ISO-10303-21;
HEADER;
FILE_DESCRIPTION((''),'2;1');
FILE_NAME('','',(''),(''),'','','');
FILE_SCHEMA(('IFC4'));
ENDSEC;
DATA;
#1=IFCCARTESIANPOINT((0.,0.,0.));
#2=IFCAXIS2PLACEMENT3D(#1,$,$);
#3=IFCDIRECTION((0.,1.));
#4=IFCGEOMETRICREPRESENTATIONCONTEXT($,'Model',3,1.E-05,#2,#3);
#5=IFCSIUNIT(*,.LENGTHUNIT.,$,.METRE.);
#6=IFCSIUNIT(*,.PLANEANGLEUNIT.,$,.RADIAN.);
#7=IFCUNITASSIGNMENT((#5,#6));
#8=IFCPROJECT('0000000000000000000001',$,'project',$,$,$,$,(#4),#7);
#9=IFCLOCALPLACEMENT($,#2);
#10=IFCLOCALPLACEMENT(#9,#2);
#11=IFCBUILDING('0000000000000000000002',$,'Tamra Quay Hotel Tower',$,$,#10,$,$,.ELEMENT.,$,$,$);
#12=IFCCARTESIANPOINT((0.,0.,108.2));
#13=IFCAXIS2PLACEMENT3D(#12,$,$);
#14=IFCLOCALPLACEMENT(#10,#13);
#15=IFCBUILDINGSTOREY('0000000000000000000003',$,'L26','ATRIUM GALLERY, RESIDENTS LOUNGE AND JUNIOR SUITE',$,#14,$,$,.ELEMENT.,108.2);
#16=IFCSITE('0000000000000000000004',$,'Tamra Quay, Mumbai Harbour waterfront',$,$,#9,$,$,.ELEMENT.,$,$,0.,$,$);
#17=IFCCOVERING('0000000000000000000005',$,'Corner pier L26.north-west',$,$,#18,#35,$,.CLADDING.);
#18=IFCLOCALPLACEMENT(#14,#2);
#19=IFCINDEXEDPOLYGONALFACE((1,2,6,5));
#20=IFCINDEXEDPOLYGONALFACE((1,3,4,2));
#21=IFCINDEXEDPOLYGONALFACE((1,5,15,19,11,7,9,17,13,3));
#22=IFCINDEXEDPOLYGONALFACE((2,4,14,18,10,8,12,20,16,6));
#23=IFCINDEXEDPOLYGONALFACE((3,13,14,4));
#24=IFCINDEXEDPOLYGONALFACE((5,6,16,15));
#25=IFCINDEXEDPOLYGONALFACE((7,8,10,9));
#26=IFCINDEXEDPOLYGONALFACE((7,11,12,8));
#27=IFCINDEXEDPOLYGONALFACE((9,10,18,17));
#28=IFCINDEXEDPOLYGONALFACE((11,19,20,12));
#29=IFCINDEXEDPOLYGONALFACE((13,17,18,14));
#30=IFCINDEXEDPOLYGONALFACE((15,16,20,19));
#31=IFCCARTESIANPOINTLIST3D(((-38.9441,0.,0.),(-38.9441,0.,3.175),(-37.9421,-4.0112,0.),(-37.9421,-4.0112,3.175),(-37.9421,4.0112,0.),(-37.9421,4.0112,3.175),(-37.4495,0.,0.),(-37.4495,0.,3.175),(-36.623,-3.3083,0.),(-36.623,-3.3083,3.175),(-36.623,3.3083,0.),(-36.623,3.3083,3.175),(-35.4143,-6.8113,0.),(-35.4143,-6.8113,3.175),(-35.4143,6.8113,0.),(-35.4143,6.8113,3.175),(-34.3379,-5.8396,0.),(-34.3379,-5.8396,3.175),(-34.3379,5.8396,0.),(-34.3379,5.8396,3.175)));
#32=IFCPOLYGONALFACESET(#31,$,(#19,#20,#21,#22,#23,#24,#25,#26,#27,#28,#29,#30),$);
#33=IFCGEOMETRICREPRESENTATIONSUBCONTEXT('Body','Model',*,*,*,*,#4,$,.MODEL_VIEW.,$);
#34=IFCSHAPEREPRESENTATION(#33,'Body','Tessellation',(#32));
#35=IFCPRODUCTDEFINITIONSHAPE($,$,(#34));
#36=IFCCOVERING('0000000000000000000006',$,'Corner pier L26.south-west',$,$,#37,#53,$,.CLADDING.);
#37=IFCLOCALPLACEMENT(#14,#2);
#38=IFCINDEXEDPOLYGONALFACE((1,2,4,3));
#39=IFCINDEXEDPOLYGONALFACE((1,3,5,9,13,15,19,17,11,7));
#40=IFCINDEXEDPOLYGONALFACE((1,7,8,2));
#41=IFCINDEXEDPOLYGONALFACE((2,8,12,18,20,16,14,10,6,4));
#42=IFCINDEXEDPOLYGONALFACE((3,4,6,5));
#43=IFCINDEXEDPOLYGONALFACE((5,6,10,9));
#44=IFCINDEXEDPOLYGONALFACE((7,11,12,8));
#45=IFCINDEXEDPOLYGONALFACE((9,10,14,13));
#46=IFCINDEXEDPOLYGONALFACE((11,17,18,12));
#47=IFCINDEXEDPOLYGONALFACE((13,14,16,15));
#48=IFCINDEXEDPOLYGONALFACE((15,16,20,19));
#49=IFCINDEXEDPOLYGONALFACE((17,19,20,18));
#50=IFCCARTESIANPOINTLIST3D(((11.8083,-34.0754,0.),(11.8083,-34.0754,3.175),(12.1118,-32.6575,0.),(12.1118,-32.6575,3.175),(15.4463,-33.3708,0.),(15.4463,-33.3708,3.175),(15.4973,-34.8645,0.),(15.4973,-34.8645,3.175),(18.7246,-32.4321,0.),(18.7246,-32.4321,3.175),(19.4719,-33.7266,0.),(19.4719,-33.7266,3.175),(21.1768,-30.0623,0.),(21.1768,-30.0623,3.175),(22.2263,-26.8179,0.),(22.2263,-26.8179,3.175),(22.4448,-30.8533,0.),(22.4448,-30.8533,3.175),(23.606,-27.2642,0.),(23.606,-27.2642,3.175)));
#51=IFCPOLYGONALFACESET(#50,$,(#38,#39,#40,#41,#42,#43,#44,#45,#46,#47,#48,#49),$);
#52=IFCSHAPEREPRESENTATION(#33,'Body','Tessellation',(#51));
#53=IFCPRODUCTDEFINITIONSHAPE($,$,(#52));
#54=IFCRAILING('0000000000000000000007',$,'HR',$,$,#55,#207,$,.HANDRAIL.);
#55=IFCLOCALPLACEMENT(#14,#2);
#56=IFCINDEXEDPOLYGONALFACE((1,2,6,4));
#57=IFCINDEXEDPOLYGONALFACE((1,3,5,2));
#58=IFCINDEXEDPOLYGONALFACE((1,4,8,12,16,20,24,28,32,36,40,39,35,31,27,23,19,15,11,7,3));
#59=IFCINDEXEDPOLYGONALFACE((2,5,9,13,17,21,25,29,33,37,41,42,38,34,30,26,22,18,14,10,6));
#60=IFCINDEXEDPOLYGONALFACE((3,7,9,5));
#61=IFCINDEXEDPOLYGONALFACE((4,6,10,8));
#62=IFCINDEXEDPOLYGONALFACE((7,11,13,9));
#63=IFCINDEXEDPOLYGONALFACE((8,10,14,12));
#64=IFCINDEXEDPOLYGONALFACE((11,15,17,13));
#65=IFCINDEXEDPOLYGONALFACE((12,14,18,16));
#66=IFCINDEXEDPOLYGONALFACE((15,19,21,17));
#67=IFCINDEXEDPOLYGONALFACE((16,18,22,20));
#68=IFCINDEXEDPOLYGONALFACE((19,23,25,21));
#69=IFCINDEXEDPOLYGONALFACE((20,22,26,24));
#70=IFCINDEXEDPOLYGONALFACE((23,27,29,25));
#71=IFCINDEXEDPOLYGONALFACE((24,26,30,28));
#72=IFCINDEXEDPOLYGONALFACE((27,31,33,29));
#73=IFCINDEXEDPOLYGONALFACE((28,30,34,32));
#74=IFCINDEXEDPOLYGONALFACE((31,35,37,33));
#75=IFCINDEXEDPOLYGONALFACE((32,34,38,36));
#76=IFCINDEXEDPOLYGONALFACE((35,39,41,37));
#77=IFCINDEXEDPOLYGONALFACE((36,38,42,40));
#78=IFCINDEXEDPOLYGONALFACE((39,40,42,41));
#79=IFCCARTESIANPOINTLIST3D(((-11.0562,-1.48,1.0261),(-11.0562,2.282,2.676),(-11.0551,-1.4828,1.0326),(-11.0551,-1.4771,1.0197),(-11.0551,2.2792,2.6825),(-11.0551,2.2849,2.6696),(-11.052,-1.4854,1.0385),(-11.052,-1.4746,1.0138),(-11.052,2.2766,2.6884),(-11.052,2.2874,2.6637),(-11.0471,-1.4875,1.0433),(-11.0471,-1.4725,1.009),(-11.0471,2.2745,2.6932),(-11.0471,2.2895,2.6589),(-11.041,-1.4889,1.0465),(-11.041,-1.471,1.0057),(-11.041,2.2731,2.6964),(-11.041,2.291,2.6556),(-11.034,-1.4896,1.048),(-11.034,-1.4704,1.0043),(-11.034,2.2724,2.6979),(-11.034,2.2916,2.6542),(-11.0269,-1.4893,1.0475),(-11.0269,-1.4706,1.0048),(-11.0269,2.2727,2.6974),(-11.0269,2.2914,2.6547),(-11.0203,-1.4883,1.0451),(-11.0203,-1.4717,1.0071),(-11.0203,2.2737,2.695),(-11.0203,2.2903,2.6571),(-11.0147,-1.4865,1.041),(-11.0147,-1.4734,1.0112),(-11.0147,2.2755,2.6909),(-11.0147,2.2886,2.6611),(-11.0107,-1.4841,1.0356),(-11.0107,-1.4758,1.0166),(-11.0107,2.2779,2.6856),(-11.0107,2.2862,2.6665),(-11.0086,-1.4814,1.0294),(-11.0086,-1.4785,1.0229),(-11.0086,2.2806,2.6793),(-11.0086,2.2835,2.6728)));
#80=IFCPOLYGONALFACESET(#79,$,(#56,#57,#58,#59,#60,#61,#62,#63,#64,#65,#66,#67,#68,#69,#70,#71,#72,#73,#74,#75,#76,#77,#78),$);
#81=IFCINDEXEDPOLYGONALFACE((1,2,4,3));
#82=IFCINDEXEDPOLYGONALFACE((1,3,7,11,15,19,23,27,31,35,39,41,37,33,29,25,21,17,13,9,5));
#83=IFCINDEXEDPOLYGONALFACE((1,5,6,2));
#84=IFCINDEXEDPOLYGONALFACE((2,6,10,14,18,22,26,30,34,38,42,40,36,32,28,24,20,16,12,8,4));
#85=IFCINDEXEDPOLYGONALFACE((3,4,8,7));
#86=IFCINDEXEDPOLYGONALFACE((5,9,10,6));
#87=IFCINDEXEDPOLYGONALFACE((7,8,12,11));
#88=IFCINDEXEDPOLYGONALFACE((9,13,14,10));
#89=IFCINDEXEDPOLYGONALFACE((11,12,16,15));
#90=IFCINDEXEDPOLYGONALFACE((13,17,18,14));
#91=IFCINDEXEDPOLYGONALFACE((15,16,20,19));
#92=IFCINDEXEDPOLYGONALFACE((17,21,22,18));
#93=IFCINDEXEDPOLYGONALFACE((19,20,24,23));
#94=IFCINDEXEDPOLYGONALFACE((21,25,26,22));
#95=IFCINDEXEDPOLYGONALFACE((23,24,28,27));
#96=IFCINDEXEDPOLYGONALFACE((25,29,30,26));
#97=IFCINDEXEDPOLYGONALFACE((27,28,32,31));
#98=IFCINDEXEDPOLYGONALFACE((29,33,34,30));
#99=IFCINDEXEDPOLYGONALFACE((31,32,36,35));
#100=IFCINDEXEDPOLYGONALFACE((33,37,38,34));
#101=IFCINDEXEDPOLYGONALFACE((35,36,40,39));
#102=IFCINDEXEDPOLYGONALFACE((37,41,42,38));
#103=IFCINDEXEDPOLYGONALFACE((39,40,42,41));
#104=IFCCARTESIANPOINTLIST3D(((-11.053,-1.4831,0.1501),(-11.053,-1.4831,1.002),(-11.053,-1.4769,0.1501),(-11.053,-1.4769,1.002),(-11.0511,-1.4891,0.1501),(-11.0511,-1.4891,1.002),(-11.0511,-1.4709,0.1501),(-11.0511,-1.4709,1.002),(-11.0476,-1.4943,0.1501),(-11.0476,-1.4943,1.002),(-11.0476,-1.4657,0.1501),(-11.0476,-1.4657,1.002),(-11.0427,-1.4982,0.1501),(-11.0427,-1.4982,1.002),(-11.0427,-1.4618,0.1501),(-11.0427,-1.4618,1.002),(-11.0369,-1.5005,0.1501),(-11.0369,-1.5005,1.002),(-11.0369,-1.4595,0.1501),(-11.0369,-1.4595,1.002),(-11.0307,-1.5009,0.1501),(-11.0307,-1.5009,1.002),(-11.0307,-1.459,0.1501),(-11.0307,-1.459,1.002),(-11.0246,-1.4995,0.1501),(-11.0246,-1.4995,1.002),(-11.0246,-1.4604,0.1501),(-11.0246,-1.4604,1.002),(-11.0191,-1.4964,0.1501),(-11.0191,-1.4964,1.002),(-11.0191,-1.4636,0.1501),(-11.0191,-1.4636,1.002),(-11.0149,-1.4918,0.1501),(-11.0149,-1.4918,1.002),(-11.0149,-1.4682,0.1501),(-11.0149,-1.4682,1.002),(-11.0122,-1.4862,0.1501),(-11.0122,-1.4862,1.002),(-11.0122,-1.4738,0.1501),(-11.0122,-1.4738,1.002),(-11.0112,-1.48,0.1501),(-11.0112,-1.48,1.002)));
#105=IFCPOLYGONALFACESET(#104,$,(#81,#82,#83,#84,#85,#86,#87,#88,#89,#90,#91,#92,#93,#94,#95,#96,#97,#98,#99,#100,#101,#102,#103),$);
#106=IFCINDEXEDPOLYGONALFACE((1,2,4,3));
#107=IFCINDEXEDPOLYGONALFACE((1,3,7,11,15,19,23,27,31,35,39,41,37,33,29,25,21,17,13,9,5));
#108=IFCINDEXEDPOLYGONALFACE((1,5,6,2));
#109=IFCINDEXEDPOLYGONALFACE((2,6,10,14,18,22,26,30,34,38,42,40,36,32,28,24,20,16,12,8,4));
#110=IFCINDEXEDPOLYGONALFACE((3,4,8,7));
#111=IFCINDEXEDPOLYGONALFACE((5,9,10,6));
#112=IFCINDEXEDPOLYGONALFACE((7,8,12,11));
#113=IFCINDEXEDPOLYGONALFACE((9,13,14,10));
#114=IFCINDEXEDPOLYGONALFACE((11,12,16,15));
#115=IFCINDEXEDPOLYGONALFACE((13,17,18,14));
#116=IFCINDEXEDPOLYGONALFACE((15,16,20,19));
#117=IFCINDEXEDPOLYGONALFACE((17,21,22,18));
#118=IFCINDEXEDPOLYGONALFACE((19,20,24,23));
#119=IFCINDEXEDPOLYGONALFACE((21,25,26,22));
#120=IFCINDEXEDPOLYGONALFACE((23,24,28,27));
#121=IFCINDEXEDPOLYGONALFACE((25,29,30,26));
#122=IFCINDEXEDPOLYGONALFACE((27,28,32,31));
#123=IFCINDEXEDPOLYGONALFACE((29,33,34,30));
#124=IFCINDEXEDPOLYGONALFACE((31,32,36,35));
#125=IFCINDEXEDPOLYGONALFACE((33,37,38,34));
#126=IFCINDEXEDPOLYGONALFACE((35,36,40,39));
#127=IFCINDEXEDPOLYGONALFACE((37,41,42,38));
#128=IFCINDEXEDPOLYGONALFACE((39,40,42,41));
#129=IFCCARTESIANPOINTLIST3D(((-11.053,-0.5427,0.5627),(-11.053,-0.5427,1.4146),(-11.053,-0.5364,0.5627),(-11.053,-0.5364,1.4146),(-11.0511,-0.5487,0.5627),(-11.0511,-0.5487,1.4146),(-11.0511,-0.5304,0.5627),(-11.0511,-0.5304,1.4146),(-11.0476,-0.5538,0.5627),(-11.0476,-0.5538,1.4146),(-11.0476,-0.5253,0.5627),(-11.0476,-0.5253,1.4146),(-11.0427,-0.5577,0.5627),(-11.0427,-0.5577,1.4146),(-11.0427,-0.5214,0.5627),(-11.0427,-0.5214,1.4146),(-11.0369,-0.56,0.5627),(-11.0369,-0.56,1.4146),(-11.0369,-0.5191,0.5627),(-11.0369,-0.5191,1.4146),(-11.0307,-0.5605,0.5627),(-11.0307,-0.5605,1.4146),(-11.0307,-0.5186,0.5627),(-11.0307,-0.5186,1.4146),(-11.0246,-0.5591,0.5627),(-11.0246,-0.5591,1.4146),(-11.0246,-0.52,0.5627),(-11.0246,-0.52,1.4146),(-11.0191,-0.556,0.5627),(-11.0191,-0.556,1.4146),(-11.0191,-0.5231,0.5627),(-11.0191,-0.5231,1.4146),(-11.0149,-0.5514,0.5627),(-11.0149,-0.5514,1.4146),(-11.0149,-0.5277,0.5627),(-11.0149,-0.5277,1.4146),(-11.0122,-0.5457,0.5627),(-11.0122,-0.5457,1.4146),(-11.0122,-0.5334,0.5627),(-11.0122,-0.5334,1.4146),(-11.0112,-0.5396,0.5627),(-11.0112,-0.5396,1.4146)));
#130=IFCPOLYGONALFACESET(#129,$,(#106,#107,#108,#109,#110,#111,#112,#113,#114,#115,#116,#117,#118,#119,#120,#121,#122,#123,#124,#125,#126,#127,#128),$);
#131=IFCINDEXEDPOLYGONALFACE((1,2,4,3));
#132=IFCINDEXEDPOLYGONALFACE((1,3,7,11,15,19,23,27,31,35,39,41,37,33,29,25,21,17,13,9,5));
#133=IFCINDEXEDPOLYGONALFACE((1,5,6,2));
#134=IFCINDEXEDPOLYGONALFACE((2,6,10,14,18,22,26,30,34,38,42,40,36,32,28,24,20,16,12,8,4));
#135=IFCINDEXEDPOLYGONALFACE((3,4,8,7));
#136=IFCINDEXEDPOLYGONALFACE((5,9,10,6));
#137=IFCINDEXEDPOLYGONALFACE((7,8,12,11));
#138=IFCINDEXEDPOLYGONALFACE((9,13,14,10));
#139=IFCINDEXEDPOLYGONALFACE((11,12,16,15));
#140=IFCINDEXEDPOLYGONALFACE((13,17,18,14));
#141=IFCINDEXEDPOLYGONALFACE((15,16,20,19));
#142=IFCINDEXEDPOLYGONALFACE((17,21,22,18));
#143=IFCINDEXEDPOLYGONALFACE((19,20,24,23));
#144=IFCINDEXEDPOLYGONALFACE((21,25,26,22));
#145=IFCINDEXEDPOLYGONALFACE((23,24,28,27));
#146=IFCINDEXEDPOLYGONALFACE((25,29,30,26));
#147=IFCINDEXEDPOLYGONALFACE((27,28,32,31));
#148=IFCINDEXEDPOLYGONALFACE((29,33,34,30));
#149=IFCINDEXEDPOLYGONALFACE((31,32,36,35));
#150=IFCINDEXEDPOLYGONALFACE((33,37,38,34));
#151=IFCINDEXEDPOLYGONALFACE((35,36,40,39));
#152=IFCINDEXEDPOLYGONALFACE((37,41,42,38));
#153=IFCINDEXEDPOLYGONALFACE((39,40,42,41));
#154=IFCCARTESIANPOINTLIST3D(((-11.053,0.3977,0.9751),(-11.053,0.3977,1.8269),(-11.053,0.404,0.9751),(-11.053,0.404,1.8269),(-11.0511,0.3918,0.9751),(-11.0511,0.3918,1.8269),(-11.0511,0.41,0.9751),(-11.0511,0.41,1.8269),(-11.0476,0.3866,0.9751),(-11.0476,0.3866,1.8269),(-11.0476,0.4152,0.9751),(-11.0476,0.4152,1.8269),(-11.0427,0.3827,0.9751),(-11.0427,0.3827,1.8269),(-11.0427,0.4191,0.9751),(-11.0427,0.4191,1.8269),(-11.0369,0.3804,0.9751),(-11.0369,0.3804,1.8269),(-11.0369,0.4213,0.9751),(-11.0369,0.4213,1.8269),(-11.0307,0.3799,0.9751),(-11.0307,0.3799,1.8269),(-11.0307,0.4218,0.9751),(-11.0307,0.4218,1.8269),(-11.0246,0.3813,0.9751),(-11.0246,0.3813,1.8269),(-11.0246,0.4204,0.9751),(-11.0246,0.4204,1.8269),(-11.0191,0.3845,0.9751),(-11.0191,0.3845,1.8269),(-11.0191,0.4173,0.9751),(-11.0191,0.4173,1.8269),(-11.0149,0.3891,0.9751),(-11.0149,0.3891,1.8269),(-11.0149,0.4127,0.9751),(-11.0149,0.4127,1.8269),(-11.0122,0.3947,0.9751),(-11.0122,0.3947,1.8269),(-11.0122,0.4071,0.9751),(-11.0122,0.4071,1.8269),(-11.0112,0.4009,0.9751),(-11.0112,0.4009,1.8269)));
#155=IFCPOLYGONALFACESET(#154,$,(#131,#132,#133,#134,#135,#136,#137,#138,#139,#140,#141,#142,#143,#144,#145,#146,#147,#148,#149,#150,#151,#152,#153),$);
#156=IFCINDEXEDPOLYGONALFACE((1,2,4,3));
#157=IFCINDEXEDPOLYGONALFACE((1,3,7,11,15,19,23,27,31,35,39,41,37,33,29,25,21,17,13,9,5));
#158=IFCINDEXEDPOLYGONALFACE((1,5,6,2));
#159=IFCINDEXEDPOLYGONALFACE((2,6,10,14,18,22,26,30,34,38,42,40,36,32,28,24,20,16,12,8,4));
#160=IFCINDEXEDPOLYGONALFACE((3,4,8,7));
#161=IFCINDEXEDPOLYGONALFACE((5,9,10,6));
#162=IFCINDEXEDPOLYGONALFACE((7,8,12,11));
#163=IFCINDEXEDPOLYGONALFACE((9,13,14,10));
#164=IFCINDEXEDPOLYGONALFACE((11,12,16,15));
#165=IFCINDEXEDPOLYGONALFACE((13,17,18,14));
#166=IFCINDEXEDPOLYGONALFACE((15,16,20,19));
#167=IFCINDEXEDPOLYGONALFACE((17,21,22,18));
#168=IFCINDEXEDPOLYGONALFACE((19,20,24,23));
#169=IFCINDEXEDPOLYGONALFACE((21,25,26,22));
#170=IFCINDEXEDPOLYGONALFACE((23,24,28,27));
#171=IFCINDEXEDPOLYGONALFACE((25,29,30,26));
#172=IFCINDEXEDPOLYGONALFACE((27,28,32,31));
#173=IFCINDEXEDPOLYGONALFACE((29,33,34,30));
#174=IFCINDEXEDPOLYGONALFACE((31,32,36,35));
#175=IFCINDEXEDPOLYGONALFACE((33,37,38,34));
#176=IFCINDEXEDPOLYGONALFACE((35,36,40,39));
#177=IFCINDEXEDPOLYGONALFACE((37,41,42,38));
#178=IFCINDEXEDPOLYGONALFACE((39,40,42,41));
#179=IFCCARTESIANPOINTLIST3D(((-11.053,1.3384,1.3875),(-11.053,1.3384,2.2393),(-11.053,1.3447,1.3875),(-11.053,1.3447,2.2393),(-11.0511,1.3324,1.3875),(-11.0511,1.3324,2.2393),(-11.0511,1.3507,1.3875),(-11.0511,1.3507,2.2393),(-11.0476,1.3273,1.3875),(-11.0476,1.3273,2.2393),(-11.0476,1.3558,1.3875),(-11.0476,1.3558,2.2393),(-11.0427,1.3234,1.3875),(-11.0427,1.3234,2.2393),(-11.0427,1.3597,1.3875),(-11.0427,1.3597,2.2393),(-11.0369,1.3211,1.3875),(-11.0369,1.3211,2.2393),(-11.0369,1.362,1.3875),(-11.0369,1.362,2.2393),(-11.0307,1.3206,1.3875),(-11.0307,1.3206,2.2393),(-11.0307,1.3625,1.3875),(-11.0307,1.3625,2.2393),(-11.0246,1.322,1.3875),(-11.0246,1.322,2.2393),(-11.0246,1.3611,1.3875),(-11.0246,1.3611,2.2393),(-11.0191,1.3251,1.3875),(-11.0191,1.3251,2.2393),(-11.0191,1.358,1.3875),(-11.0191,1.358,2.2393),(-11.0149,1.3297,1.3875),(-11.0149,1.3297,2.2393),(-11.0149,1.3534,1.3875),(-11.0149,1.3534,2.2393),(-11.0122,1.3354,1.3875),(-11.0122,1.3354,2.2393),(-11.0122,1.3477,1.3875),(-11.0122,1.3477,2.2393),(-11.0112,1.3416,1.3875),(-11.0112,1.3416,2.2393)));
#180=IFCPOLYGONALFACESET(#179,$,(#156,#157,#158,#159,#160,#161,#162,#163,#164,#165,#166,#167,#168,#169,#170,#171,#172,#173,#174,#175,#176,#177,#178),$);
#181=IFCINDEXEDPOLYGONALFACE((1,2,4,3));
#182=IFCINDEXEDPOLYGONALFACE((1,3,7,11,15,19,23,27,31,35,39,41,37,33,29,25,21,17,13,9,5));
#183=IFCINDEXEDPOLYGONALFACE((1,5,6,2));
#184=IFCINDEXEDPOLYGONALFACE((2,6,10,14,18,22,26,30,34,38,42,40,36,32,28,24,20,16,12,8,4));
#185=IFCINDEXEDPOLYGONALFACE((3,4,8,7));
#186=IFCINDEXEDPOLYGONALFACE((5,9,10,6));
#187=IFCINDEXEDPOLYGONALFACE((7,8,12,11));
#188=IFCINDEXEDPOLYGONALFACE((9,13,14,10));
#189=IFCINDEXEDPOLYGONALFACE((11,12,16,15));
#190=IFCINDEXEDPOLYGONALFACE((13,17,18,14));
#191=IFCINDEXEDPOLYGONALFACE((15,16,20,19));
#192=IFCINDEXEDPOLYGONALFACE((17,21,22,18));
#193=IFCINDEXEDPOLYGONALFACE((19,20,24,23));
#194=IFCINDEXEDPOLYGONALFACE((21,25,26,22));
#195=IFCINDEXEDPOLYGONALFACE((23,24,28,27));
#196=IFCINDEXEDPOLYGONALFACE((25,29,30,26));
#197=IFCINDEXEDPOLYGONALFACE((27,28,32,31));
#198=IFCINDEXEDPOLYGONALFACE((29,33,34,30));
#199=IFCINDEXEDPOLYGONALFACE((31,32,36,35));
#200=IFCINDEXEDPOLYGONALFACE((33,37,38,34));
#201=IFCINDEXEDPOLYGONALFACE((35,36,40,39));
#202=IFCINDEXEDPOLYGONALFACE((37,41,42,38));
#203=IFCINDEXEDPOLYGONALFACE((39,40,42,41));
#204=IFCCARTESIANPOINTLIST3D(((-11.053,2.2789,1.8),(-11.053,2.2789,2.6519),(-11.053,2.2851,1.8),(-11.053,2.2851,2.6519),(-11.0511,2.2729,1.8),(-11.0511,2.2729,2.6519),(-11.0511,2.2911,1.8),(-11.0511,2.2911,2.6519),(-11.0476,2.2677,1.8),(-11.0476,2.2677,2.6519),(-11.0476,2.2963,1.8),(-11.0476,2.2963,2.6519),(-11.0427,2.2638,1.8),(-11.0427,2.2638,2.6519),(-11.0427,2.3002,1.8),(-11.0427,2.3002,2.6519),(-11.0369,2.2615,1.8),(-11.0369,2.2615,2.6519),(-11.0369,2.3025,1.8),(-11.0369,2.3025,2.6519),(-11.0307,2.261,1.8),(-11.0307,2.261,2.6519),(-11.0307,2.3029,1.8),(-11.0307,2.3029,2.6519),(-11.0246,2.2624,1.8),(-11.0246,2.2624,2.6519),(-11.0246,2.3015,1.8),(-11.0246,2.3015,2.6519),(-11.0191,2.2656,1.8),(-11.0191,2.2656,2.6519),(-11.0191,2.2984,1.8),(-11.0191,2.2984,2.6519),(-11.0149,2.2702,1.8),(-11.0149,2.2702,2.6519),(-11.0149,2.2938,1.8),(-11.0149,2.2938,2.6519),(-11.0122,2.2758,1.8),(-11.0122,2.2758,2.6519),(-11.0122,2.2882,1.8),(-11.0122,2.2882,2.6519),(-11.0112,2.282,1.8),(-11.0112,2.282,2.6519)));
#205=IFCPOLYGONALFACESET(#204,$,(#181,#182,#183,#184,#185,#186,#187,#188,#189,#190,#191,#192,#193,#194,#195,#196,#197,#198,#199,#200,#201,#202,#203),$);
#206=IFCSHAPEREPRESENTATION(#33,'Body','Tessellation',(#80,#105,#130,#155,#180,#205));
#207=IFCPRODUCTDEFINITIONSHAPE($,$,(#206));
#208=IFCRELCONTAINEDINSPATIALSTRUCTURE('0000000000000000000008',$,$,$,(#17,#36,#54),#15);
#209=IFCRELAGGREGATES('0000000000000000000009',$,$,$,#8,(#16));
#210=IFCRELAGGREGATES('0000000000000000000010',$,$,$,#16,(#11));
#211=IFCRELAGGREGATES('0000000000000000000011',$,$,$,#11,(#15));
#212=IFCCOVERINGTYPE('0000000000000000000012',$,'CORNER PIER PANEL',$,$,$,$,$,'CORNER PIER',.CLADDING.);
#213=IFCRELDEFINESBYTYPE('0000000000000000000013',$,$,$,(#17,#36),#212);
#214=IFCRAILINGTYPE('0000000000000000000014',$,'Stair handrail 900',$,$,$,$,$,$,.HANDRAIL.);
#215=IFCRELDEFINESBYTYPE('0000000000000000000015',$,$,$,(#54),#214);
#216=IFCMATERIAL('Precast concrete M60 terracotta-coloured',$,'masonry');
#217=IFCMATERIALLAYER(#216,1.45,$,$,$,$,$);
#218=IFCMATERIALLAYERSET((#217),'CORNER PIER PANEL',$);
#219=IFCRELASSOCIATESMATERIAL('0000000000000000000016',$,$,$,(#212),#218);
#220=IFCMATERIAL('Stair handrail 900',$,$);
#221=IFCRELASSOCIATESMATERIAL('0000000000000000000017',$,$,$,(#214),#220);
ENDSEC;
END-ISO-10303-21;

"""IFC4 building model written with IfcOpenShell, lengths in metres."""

from ifc_helpers import new_model, si_unit, direction, frame, origin, origin_2d, place, context, subcontext, project, spatial, polyline, circle, outline, extrude, material, layer, layer_set, type_object, element, save


model = new_model("IFC4")

# Units and contexts
model_context = context("Model", 3, precision=1e-05, world=origin(), true_north=direction((0.0, 1.0)))
body_context = subcontext(model_context, "Body", "Model", "MODEL_VIEW")
ifc_project = project(units=[si_unit("LENGTHUNIT", "METRE"), si_unit("PLANEANGLEUNIT", "RADIAN")], contexts=[model_context])

# Site, building, storey
site_placement = place(None, origin())
site = spatial("IfcSite", under=ifc_project, at=site_placement, Name="Tamra Quay, Mumbai Harbour waterfront", CompositionType="ELEMENT", RefElevation=0.0)
building_placement = place(site_placement, origin())
building = spatial("IfcBuilding", under=site, at=building_placement, Name="Tamra Quay Hotel Tower", CompositionType="ELEMENT")
storey_placement = place(building_placement, frame((0.0, 0.0, 108.2)))
storey = spatial("IfcBuildingStorey", under=building, at=storey_placement, Name="L26", Description="ATRIUM GALLERY, RESIDENTS LOUNGE AND JUNIOR SUITE", CompositionType="ELEMENT", Elevation=108.2)

# Coverings
ifc_material_1 = material(Name="Precast concrete M60 terracotta-coloured", Category="masonry")
ifc_layer_1 = layer(ifc_material_1, 1.45)
ifc_layer_set_1 = layer_set([ifc_layer_1], Name="CORNER PIER PANEL")
covering_type = type_object("IfcCoveringType", Name="CORNER PIER PANEL", ElementType="CORNER PIER", PredefinedType="CLADDING", material=ifc_layer_set_1)
covering_1_placement = place(storey_placement, origin())
element("IfcCovering", 1, at=covering_1_placement, inside=storey, type_object=covering_type, Name="Corner pier L26.north-west", PredefinedType="CLADDING", context=body_context, shape_type="SweptSolid", body=[
    extrude(outline(polyline([(-34.3379, 5.8396), (-35.4143, 6.8113), (-37.9421, 4.0112), (-38.9441, 0.0), (-37.9421, -4.0112), (-35.4143, -6.8113), (-34.3379, -5.8396), (-36.623, -3.3083), (-37.4495, 0.0), (-36.623, 3.3083), (-34.3379, 5.8396)])), origin(), (0.0, 0.0, 1.0), 3.175),
])
covering_2_placement = place(storey_placement, origin())
element("IfcCovering", 2, at=covering_2_placement, inside=storey, type_object=covering_type, Name="Corner pier L26.south-west", PredefinedType="CLADDING", context=body_context, shape_type="SweptSolid", body=[
    extrude(outline(polyline([(12.1118, -32.6575), (11.8083, -34.0754), (15.4973, -34.8645), (19.4719, -33.7266), (22.4448, -30.8533), (23.606, -27.2642), (22.2263, -26.8179), (21.1768, -30.0623), (18.7246, -32.4321), (15.4463, -33.3708), (12.1118, -32.6575)])), origin(), (0.0, 0.0, 1.0), 3.175),
])

# Railing
ifc_material_2 = material(Name="Stair handrail 900")
railing_type = type_object("IfcRailingType", Name="Stair handrail 900", PredefinedType="HANDRAIL", material=ifc_material_2)
railing_placement = place(storey_placement, frame((-11.0322, -1.48, 0.1501)))
element("IfcRailing", 3, at=railing_placement, inside=storey, type_object=railing_type, Name="HR", PredefinedType="HANDRAIL", context=body_context, shape_type="SweptSolid", body=[
    extrude(circle(Radius=0.0239, at=origin_2d()), frame((0.0, 0.0, 0.876), z_axis=(0.0, 0.915795, 0.401645), x_axis=(-1.0, 0.0, 0.0)), (0.0, 0.0, 1.0), 4.1079),
    extrude(circle(Radius=0.021, at=origin_2d()), origin(), (0.0, 0.0, 1.0), 0.8518),
    extrude(circle(Radius=0.021, at=origin_2d()), frame((0.0, 0.9404, 0.4126)), (0.0, 0.0, 1.0), 0.8518),
    extrude(circle(Radius=0.021, at=origin_2d()), frame((0.0, 1.8809, 0.825)), (0.0, 0.0, 1.0), 0.8518),
    extrude(circle(Radius=0.021, at=origin_2d()), frame((0.0, 2.8215, 1.2373)), (0.0, 0.0, 1.0), 0.8518),
    extrude(circle(Radius=0.021, at=origin_2d()), frame((0.0, 3.762, 1.6499)), (0.0, 0.0, 1.0), 0.8518),
])

save(model, "model.ifc")
